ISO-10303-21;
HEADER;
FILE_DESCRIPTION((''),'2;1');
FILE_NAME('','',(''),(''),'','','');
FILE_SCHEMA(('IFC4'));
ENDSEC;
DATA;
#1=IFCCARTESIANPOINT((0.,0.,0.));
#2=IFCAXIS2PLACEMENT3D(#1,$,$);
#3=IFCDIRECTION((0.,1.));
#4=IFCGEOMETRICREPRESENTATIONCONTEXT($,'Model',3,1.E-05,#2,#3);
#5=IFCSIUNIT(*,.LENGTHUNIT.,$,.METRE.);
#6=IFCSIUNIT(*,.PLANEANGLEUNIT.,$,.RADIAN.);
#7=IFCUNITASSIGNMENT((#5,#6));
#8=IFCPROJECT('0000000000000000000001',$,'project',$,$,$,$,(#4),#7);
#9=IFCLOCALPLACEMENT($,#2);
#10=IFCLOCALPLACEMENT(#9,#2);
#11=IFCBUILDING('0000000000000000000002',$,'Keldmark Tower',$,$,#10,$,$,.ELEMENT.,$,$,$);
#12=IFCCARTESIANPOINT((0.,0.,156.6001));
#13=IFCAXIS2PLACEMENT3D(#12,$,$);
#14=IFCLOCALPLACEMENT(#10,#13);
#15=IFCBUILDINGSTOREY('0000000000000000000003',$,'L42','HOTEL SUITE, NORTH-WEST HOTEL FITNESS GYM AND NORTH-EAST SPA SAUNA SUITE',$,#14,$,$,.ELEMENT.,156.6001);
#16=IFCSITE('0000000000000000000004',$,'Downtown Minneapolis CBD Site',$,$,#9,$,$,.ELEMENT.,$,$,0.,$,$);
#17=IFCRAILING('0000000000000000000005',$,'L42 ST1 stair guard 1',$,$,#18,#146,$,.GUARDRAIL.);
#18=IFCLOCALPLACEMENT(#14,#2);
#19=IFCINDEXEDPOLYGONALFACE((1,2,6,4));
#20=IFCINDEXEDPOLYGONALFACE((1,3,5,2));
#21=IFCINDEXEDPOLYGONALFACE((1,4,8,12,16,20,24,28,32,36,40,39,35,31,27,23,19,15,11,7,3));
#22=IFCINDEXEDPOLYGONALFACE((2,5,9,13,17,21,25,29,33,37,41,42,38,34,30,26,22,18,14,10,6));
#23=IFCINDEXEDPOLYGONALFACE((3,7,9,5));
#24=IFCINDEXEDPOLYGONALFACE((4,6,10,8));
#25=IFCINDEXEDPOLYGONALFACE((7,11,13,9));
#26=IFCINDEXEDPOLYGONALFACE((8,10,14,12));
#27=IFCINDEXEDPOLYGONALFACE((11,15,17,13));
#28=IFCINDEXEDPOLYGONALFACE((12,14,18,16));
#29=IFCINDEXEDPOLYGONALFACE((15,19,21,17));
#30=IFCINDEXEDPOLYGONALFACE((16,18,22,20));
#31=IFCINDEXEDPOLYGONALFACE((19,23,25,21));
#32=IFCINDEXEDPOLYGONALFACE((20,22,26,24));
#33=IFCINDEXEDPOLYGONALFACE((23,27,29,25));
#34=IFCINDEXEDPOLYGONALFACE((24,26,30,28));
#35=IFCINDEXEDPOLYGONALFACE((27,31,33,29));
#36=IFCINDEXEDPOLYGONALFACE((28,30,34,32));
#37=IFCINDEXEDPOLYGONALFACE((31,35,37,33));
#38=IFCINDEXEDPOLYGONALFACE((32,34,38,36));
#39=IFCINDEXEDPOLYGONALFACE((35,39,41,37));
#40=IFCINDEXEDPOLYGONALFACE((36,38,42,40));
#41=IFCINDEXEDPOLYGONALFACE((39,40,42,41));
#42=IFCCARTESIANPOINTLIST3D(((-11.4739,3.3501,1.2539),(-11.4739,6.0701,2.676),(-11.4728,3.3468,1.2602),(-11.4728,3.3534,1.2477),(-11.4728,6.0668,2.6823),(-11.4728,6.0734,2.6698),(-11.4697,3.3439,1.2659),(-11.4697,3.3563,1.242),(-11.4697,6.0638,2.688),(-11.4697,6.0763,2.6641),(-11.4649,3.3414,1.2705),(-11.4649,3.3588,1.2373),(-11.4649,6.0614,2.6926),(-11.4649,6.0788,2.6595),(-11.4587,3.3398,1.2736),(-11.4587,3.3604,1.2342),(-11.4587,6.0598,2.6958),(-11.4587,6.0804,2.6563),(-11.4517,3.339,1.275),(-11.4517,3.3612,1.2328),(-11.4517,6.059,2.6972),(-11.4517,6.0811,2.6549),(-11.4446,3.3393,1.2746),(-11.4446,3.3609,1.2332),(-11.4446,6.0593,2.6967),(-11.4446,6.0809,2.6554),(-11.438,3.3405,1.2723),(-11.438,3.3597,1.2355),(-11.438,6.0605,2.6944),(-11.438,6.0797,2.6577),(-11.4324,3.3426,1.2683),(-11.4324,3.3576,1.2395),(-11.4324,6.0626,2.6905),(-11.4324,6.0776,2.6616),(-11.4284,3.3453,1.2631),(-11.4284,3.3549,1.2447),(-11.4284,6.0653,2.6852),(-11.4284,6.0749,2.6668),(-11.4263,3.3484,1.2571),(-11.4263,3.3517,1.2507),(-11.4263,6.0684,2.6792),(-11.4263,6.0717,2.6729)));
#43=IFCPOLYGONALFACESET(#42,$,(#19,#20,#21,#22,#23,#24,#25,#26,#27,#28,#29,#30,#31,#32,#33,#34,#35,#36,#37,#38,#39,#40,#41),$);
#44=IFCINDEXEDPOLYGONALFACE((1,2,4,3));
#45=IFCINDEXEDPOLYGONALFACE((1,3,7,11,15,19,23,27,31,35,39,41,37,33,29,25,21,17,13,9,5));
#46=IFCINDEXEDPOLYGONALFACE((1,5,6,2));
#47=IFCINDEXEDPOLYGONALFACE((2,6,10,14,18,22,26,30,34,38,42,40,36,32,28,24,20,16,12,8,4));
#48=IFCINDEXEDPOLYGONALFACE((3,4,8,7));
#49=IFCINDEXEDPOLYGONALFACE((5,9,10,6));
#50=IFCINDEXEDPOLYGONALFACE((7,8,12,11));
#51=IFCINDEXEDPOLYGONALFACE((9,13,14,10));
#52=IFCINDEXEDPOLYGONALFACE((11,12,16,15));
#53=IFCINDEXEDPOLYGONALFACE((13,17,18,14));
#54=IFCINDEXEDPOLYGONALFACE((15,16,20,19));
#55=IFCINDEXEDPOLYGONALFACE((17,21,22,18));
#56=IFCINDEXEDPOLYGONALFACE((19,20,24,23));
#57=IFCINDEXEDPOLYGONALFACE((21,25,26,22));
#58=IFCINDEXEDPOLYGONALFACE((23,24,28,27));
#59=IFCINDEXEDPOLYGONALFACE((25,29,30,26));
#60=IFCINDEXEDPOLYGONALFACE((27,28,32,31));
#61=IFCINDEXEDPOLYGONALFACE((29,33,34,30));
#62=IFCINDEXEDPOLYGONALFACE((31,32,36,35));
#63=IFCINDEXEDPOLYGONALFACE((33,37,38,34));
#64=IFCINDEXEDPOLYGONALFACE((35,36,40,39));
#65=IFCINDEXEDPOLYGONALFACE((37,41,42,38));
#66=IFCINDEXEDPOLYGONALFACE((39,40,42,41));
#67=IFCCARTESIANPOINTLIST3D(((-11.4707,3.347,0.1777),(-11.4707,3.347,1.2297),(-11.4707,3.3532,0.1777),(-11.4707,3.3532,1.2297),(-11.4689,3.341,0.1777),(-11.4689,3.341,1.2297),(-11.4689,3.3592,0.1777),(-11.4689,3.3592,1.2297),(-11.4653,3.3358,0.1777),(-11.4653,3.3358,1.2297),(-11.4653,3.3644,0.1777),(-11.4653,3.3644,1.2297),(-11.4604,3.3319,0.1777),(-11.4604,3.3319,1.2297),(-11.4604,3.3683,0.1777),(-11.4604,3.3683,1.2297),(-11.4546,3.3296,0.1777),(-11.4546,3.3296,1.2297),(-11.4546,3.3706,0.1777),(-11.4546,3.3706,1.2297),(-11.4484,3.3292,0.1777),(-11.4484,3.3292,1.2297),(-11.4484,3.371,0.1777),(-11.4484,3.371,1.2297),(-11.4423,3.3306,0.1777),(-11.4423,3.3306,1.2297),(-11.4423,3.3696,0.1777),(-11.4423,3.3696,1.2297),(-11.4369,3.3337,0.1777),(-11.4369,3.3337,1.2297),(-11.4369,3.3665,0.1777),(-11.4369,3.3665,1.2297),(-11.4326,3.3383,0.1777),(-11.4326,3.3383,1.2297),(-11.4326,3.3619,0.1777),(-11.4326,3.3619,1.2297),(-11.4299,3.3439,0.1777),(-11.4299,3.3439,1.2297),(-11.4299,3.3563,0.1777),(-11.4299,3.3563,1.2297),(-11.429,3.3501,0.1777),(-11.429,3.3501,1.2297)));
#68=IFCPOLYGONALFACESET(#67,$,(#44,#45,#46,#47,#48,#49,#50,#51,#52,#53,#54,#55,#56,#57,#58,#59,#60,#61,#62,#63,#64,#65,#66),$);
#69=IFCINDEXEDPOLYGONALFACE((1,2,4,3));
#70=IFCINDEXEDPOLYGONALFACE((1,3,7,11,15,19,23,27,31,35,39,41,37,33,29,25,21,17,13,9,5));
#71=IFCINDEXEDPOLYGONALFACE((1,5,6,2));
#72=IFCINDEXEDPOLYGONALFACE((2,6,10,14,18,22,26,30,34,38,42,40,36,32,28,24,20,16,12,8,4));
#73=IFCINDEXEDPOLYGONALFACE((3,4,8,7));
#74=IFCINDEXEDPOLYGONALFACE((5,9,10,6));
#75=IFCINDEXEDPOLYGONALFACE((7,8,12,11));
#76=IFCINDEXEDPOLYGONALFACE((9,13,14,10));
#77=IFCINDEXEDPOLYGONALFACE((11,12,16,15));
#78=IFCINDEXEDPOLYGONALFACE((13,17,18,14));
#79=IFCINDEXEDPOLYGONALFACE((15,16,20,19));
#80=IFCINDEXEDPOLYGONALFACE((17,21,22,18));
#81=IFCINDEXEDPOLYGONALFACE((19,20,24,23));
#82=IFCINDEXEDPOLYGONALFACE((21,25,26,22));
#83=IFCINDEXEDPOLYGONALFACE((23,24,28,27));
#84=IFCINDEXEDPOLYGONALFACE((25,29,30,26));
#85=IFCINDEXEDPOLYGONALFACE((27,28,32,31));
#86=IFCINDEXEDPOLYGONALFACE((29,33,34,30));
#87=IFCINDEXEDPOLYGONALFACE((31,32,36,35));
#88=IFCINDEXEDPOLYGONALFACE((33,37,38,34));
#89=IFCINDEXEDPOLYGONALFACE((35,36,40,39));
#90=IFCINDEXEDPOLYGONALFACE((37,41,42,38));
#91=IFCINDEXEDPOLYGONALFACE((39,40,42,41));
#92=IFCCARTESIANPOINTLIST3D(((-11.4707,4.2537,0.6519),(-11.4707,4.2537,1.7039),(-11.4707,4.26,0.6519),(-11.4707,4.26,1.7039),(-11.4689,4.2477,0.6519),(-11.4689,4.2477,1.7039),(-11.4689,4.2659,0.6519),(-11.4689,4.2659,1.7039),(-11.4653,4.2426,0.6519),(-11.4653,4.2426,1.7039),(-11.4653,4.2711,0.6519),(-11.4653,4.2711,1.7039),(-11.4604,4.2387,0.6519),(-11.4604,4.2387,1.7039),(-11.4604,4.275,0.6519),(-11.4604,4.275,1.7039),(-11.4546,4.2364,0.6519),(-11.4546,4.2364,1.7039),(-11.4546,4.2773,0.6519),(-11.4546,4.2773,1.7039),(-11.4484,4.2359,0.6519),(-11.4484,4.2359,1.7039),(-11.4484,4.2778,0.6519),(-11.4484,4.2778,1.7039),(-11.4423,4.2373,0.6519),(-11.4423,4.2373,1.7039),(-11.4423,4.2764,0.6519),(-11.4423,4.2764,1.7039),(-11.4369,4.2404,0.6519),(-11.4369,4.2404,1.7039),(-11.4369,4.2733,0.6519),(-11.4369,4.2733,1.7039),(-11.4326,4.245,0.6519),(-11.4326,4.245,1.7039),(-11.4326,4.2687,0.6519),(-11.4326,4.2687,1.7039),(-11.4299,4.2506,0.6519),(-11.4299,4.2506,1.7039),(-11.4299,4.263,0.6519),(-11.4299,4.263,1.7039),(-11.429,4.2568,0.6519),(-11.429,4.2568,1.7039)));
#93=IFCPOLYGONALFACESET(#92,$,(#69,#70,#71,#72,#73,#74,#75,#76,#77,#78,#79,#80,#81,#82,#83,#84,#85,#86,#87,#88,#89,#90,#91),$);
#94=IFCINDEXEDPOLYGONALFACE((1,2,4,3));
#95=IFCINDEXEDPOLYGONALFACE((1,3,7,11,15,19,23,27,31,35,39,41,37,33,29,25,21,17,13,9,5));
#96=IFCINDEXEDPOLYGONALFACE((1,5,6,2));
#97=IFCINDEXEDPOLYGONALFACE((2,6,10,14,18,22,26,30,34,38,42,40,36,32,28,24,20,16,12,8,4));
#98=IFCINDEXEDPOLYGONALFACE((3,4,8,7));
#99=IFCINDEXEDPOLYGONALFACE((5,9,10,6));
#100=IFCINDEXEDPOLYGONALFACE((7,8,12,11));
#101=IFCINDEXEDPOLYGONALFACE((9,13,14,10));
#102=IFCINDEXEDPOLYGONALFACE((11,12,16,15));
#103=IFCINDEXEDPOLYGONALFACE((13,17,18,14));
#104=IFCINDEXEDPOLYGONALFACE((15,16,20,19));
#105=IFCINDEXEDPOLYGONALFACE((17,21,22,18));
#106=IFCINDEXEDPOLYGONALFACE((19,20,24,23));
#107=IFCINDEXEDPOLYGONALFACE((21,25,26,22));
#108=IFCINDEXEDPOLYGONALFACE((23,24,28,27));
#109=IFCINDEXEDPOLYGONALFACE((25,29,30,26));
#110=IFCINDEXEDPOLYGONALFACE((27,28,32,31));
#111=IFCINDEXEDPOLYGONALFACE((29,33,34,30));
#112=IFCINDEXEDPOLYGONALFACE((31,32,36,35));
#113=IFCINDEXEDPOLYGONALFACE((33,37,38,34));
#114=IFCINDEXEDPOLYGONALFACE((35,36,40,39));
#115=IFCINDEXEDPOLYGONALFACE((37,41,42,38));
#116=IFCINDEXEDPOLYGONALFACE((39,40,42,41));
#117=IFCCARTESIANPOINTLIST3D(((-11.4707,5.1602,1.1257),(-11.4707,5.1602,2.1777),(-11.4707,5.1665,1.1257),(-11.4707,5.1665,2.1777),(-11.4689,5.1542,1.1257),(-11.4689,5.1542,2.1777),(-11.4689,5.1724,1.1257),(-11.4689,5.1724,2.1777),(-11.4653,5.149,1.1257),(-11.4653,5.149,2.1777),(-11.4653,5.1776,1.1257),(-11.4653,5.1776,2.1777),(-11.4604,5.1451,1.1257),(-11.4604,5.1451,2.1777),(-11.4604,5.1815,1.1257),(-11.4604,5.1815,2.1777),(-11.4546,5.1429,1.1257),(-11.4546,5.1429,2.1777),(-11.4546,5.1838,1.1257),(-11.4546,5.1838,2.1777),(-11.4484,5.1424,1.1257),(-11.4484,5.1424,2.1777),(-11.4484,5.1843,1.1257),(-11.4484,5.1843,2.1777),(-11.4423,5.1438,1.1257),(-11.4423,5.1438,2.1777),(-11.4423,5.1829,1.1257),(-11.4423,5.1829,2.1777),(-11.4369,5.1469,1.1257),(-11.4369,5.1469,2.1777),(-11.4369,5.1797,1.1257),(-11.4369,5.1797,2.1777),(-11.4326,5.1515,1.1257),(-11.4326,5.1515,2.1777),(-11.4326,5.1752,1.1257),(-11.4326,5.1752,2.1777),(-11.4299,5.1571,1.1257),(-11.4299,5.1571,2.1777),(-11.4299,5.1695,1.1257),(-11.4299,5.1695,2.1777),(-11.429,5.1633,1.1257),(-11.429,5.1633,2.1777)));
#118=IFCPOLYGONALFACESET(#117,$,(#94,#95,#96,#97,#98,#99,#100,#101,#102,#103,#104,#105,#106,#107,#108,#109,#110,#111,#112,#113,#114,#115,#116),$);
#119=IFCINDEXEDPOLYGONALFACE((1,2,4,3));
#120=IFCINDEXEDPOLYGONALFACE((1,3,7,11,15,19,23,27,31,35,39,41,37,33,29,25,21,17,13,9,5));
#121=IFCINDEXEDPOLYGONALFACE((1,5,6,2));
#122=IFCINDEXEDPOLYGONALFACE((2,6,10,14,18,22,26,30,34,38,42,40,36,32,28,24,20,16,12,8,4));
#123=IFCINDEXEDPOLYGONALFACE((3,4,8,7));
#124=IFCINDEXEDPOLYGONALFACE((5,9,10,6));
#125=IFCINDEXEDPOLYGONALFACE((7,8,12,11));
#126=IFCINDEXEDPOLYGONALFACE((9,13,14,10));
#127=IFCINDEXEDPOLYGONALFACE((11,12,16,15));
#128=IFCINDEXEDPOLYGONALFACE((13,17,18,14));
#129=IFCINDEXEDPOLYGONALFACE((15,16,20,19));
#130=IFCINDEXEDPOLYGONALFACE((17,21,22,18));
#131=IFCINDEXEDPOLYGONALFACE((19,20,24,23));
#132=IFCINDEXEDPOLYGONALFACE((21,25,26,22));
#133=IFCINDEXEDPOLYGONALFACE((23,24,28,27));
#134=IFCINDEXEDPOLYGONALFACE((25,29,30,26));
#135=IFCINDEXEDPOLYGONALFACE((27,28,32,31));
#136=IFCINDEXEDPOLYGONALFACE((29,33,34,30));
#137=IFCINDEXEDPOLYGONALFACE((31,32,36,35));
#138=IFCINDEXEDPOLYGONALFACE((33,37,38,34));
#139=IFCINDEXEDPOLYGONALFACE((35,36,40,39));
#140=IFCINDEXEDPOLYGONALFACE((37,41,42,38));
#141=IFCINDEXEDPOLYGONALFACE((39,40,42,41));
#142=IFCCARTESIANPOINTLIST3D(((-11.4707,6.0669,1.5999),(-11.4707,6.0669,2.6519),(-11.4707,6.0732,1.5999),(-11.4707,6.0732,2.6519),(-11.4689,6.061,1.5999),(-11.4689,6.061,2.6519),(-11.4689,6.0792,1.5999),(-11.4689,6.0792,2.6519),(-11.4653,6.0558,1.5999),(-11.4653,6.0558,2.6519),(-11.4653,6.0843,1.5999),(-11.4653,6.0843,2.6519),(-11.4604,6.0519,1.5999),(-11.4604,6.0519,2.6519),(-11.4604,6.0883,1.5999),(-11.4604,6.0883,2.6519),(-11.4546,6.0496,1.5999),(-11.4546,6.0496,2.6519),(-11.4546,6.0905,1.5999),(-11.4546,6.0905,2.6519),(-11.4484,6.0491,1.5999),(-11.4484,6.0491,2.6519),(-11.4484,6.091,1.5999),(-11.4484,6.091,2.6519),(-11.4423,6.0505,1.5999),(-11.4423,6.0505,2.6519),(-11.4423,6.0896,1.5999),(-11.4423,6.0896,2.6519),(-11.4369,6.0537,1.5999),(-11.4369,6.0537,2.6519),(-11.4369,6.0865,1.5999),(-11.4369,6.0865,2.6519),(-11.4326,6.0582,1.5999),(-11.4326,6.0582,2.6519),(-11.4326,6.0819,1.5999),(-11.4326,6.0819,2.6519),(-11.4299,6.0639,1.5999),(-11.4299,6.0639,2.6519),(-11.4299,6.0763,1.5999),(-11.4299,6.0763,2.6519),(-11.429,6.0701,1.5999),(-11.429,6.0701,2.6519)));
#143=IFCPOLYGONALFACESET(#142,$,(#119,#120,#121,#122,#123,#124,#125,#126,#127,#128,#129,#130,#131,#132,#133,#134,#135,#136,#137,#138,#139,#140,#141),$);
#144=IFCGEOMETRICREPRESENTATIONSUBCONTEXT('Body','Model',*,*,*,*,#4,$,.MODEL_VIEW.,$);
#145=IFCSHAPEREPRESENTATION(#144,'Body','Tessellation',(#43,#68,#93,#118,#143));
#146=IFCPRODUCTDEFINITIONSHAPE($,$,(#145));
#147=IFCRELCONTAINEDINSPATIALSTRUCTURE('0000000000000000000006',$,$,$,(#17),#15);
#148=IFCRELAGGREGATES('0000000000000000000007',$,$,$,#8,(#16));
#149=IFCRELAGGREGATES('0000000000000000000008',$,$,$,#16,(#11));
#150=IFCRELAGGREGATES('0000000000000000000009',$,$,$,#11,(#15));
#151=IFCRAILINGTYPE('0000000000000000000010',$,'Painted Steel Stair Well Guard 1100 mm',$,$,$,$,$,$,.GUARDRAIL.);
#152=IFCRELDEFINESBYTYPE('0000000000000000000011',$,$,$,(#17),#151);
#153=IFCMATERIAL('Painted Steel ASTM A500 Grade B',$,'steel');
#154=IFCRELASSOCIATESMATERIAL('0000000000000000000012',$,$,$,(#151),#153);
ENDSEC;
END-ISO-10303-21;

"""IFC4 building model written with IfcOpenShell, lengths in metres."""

from ifc_helpers import new_model, si_unit, direction, frame, origin, origin_2d, place, context, subcontext, project, spatial, circle, extrude, material, type_object, element, save


model = new_model("IFC4")

# Units and contexts
model_context = context("Model", 3, precision=1e-05, world=origin(), true_north=direction((0.0, 1.0)))
body_context = subcontext(model_context, "Body", "Model", "MODEL_VIEW")
ifc_project = project(units=[si_unit("LENGTHUNIT", "METRE"), si_unit("PLANEANGLEUNIT", "RADIAN")], contexts=[model_context])

# Site, building, storey
site_placement = place(None, origin())
site = spatial("IfcSite", under=ifc_project, at=site_placement, Name="Downtown Minneapolis CBD Site", CompositionType="ELEMENT", RefElevation=0.0)
building_placement = place(site_placement, origin())
building = spatial("IfcBuilding", under=site, at=building_placement, Name="Keldmark Tower", CompositionType="ELEMENT")
storey_placement = place(building_placement, frame((0.0, 0.0, 156.6001)))
storey = spatial("IfcBuildingStorey", under=building, at=storey_placement, Name="L42", Description="HOTEL SUITE, NORTH-WEST HOTEL FITNESS GYM AND NORTH-EAST SPA SAUNA SUITE", CompositionType="ELEMENT", Elevation=156.6001)

# Railing
ifc_material_1 = material(Name="Painted Steel ASTM A500 Grade B", Category="steel")
railing_type_1 = type_object("IfcRailingType", Name="Painted Steel Stair Well Guard 1100 mm", PredefinedType="GUARDRAIL", material=ifc_material_1)
railing_1_placement = place(storey_placement, frame((-11.45, 3.3501, 0.1777)))
element("IfcRailing", 1, at=railing_1_placement, inside=storey, type_object=railing_type_1, Name="L42 ST1 stair guard 1", PredefinedType="GUARDRAIL", context=body_context, shape_type="SweptSolid", body=[
    extrude(circle(Radius=0.0239, at=origin_2d()), frame((0.0, 0.0, 1.0762), z_axis=(0.0, 0.886183, 0.463335), x_axis=(-1.0, 0.0, 0.0)), (0.0, 0.0, 1.0), 3.0693),
    extrude(circle(Radius=0.021, at=origin_2d()), origin(), (0.0, 0.0, 1.0), 1.052),
    extrude(circle(Radius=0.021, at=origin_2d()), frame((0.0, 0.9067, 0.4741)), (0.0, 0.0, 1.0), 1.052),
    extrude(circle(Radius=0.021, at=origin_2d()), frame((0.0, 1.8132, 0.948)), (0.0, 0.0, 1.0), 1.052),
    extrude(circle(Radius=0.021, at=origin_2d()), frame((0.0, 2.72, 1.4221)), (0.0, 0.0, 1.0), 1.052),
])

save(model, "model.ifc")
